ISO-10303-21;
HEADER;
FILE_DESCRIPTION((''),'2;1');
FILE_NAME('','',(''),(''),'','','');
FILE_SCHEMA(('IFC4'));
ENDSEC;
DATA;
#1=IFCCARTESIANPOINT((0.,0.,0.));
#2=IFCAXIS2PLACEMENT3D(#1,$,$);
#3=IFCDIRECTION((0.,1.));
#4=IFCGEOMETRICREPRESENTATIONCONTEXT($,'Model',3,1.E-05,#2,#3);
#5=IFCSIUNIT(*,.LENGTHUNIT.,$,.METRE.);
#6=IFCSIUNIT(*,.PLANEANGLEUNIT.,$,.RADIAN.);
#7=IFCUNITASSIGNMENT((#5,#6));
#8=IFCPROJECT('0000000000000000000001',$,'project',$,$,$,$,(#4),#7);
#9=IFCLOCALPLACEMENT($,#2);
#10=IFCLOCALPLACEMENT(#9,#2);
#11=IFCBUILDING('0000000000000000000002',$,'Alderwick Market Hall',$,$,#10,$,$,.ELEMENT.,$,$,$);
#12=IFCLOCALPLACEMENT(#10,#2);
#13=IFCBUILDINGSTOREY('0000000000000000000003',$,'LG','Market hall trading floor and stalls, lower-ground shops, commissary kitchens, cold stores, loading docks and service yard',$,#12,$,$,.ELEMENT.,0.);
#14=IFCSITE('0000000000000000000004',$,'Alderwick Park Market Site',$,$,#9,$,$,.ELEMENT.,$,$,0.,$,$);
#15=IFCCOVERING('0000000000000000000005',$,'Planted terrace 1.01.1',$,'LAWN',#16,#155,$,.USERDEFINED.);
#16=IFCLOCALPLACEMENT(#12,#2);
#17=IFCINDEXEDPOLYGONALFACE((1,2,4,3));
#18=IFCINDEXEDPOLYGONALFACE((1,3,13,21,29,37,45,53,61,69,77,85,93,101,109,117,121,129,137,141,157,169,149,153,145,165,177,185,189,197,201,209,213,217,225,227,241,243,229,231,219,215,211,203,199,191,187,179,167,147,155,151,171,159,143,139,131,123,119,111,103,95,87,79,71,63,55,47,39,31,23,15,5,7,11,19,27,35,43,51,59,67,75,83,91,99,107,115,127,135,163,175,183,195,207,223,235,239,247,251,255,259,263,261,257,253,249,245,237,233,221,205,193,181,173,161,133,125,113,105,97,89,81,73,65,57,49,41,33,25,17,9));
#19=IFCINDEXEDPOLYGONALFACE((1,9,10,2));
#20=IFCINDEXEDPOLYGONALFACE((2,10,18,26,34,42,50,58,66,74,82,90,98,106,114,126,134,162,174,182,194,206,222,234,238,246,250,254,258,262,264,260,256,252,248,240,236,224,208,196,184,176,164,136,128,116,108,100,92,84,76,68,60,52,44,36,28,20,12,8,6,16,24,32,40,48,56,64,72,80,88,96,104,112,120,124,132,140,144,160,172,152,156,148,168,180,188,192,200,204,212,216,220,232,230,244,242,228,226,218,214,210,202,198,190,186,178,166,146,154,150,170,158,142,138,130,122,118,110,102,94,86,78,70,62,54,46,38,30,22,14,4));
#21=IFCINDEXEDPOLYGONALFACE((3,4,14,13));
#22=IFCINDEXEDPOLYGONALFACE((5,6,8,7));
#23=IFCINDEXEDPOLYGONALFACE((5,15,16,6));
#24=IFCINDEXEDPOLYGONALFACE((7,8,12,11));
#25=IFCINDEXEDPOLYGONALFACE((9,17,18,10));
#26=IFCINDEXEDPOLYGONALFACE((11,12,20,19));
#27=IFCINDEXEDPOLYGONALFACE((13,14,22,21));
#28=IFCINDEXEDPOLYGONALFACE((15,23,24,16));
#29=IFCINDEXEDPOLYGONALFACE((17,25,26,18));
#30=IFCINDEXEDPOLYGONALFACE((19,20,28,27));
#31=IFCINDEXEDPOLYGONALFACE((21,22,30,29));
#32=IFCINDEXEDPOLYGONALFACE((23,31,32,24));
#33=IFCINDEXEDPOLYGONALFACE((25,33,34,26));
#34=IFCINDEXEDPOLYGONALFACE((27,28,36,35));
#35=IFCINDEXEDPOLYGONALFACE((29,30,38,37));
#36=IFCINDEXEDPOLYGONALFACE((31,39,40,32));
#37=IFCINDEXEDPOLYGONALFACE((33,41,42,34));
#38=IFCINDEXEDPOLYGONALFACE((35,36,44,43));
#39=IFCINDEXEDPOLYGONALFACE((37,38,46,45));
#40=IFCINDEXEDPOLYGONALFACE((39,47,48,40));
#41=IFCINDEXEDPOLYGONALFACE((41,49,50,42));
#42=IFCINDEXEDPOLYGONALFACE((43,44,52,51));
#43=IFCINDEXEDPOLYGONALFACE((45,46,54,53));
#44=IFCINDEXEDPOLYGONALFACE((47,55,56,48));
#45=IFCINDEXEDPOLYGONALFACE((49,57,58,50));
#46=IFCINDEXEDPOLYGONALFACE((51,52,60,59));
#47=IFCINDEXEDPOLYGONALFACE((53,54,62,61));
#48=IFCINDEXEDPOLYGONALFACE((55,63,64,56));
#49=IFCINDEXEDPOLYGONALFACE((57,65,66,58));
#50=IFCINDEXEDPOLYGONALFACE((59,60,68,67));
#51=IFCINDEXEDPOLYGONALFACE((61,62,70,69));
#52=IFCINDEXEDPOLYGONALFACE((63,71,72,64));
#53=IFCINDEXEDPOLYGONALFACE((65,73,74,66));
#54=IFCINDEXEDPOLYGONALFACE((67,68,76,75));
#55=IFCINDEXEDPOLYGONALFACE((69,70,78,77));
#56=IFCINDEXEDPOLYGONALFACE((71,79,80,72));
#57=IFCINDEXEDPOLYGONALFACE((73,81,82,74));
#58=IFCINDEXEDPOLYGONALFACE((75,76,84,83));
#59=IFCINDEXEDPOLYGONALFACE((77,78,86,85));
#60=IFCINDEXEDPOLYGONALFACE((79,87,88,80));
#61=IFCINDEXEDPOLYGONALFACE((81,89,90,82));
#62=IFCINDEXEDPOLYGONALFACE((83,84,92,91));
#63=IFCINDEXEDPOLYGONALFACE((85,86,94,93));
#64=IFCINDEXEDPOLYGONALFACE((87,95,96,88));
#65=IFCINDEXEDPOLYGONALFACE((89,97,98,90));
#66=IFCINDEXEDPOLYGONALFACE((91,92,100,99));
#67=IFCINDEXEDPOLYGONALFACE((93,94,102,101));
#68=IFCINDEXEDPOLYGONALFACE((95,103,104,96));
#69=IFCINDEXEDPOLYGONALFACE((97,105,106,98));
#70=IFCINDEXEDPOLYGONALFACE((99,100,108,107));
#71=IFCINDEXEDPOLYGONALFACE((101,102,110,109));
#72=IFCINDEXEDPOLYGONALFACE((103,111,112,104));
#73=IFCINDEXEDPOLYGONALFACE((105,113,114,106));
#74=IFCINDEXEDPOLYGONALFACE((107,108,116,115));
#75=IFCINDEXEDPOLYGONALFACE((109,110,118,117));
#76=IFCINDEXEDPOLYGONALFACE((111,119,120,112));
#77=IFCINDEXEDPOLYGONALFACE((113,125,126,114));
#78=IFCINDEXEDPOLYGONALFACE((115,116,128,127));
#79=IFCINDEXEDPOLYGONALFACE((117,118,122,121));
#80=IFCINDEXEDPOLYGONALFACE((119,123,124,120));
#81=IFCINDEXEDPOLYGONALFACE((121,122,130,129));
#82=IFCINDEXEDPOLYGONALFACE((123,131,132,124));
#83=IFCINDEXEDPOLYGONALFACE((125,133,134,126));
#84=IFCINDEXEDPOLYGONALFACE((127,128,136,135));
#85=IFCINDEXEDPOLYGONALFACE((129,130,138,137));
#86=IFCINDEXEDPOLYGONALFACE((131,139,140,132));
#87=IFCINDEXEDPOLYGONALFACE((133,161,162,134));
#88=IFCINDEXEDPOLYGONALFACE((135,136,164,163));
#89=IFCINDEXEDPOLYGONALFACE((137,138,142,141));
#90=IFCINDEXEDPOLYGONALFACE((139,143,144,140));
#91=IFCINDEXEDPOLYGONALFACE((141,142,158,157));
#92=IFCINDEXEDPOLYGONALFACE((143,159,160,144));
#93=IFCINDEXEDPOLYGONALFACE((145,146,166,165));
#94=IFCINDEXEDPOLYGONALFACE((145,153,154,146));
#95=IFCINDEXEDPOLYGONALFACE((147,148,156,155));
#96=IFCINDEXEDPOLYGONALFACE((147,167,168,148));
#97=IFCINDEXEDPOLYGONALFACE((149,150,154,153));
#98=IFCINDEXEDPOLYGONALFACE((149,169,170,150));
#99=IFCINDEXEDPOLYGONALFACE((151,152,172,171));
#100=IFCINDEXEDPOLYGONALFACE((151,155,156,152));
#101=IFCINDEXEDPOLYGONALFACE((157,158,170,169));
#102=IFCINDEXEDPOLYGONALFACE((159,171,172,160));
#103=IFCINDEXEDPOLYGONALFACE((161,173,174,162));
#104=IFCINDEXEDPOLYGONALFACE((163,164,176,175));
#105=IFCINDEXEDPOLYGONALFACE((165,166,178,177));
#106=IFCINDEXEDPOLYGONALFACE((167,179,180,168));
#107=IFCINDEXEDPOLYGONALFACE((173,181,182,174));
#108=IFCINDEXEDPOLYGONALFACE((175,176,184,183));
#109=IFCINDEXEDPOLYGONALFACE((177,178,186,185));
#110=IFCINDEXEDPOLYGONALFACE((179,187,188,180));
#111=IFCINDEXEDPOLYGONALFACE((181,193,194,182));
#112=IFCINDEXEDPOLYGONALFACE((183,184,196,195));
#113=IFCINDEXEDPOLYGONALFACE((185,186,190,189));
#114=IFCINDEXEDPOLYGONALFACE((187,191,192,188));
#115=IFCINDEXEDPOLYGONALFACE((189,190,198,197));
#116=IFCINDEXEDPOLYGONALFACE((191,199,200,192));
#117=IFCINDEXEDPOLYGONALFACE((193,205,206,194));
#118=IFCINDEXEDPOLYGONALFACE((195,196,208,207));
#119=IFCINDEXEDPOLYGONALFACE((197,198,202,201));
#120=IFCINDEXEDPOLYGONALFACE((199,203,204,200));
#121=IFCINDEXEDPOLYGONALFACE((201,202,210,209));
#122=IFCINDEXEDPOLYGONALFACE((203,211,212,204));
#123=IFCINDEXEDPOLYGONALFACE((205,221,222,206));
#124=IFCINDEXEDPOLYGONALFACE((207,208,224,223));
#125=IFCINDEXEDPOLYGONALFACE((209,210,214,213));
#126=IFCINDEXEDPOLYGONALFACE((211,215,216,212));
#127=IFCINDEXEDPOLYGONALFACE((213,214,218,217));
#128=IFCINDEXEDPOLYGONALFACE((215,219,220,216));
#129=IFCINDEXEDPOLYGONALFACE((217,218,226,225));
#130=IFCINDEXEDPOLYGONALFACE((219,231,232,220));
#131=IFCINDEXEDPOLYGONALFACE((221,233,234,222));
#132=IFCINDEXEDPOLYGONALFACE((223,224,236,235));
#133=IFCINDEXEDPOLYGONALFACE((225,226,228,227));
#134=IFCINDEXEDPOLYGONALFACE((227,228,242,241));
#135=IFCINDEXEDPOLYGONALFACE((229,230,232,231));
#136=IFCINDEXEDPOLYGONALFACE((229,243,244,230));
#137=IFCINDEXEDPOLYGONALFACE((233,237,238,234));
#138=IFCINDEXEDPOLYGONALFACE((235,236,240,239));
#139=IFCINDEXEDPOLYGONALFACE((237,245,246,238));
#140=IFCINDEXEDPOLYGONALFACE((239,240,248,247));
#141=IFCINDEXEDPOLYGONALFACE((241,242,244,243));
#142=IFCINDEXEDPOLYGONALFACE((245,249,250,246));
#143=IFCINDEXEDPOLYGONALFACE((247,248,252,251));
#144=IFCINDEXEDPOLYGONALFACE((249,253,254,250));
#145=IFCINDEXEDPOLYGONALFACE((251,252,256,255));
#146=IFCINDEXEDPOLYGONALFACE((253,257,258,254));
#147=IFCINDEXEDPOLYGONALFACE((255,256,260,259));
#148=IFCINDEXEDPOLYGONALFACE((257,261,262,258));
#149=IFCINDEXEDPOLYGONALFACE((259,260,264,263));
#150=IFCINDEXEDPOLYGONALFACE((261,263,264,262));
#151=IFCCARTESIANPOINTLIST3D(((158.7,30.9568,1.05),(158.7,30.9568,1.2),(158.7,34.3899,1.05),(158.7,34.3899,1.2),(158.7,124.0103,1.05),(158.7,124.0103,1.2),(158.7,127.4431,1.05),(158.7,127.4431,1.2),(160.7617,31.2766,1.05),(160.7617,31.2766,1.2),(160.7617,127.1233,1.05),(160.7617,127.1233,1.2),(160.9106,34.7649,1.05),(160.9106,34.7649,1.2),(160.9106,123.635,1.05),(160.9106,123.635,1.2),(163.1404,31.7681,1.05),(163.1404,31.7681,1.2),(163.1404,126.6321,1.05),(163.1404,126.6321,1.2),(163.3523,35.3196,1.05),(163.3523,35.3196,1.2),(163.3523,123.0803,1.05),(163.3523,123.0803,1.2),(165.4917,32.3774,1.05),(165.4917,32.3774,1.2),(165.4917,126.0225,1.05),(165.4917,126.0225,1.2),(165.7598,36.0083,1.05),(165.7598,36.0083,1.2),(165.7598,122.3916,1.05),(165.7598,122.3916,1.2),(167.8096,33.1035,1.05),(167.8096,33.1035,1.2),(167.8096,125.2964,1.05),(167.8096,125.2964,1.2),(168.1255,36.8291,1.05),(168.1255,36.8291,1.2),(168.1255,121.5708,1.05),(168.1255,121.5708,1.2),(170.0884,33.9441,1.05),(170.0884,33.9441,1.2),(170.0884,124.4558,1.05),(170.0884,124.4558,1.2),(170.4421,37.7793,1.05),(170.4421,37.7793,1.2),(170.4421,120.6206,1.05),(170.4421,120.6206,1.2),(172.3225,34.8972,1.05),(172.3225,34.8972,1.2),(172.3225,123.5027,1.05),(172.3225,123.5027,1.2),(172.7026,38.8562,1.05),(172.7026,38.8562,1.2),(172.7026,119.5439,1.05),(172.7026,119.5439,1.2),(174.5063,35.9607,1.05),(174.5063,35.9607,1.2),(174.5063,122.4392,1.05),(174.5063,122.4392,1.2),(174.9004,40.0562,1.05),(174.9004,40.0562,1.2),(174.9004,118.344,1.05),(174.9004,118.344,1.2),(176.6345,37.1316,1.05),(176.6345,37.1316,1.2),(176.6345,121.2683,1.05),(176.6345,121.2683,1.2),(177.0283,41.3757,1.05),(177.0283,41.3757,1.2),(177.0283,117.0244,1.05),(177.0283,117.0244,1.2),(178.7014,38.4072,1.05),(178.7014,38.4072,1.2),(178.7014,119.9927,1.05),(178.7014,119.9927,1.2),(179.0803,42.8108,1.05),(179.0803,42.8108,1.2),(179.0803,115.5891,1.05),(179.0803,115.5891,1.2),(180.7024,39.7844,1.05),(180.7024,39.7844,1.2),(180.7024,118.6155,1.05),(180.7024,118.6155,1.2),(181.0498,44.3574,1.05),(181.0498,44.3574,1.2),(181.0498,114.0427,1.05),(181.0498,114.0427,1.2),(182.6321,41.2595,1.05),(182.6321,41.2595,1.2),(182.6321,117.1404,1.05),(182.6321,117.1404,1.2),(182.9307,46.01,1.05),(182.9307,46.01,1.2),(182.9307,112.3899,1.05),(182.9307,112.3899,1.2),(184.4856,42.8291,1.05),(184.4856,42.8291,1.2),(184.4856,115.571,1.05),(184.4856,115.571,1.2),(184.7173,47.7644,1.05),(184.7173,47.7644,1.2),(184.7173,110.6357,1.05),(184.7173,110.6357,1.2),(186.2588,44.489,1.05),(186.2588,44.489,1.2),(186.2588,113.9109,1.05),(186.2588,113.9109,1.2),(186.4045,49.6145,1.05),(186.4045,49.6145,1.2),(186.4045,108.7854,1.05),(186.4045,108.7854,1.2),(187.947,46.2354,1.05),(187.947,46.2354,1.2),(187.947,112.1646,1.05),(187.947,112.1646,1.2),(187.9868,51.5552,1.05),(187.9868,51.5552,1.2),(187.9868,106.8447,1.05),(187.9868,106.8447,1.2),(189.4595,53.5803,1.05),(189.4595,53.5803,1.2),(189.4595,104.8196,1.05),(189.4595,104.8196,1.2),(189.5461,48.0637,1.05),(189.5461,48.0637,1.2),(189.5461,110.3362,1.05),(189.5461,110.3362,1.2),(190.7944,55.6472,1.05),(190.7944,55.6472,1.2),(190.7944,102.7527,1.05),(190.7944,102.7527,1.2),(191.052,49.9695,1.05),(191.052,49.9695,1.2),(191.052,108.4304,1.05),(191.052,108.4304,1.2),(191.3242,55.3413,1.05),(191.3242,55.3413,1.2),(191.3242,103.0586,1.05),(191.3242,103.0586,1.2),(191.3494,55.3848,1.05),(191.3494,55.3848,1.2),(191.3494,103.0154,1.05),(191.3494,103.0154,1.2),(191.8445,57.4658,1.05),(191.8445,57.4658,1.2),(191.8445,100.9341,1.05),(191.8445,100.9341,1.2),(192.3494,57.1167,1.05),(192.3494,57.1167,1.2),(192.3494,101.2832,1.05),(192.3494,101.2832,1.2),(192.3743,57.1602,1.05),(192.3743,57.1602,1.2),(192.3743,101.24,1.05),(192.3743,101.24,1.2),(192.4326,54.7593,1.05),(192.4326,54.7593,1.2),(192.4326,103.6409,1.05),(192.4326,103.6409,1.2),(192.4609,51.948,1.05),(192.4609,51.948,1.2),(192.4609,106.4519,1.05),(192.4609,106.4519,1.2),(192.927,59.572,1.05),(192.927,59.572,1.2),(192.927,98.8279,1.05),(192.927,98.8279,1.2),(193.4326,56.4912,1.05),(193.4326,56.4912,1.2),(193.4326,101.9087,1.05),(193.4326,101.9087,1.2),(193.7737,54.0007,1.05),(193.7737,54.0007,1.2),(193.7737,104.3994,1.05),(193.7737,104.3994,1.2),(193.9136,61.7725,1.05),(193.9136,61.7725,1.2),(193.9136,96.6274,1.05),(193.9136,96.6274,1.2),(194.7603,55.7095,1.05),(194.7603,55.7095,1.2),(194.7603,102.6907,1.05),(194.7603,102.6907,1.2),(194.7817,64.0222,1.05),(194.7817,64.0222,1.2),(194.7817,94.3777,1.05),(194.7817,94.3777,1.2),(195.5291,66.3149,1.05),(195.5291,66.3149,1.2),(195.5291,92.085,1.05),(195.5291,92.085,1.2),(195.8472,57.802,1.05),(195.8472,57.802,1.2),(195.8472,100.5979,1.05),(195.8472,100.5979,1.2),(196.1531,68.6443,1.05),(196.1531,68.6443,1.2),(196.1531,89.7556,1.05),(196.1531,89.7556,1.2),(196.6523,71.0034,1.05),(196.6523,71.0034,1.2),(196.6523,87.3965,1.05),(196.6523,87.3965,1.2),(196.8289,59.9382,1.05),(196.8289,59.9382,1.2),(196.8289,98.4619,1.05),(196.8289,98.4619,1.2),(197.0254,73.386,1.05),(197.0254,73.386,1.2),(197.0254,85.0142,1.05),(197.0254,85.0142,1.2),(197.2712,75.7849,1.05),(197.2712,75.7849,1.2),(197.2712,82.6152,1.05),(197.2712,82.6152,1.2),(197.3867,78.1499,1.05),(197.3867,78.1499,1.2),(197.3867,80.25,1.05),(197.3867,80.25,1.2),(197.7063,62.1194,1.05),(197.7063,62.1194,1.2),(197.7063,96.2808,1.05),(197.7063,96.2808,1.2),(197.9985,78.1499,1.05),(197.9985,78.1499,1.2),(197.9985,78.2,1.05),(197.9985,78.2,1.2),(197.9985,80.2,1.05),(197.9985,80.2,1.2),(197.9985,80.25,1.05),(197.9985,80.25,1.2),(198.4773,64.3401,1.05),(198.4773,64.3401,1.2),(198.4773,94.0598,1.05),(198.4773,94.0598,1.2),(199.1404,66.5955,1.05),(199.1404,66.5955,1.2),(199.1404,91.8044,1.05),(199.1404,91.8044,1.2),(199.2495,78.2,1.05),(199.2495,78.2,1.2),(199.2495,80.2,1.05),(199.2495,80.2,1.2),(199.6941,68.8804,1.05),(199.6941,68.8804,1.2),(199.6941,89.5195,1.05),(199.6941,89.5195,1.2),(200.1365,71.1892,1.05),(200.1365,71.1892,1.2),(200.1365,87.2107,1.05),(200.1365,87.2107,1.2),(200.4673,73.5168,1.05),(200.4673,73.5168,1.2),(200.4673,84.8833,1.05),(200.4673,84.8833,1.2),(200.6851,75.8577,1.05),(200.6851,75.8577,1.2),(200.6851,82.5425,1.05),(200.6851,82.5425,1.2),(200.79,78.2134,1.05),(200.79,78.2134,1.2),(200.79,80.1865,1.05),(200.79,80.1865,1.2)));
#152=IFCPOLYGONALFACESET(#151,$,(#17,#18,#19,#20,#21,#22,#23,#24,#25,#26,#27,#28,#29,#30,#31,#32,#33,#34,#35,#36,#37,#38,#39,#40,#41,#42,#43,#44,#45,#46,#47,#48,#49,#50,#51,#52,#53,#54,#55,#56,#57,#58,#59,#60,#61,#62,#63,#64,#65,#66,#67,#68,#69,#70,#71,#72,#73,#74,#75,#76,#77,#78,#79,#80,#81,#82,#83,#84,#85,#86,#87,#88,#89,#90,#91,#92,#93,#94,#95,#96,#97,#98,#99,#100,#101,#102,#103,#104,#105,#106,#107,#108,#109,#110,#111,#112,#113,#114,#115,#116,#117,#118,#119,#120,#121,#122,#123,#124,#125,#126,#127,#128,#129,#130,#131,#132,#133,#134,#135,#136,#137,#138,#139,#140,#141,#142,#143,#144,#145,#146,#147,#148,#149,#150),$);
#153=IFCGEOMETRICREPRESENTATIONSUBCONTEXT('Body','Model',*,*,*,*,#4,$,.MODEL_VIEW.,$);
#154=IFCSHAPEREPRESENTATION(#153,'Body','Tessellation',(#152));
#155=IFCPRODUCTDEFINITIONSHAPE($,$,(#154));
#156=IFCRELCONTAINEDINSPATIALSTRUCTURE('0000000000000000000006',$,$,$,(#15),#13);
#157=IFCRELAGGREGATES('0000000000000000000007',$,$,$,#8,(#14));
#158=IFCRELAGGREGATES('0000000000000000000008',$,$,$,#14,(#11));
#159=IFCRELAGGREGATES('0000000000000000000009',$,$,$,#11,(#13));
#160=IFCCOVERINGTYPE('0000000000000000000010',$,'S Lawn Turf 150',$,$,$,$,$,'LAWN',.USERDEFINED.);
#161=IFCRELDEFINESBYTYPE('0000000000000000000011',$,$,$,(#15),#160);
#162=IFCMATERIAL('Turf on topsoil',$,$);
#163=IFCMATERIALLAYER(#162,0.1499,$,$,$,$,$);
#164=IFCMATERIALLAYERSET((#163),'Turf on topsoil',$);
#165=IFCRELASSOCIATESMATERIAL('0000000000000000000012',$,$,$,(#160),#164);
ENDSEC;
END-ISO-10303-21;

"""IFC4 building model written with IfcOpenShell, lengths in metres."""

from ifc_helpers import new_model, si_unit, direction, frame, origin, place, context, subcontext, project, spatial, polyline, outline, extrude, material, layer, layer_set, type_object, element, save


model = new_model("IFC4")

# Units and contexts
model_context = context("Model", 3, precision=1e-05, world=origin(), true_north=direction((0.0, 1.0)))
body_context = subcontext(model_context, "Body", "Model", "MODEL_VIEW")
ifc_project = project(units=[si_unit("LENGTHUNIT", "METRE"), si_unit("PLANEANGLEUNIT", "RADIAN")], contexts=[model_context])

# Site, building, storey
site_placement = place(None, origin())
site = spatial("IfcSite", under=ifc_project, at=site_placement, Name="Alderwick Park Market Site", CompositionType="ELEMENT", RefElevation=0.0)
building_placement = place(site_placement, origin())
building = spatial("IfcBuilding", under=site, at=building_placement, Name="Alderwick Market Hall", CompositionType="ELEMENT")
storey_placement = place(building_placement, origin())
storey = spatial("IfcBuildingStorey", under=building, at=storey_placement, Name="LG", Description="Market hall trading floor and stalls, lower-ground shops, commissary kitchens, cold stores, loading docks and service yard", CompositionType="ELEMENT", Elevation=0.0)

# Covering
ifc_material_1 = material(Name="Turf on topsoil")
ifc_layer_1 = layer(ifc_material_1, 0.1499)
ifc_layer_set_1 = layer_set([ifc_layer_1], Name="Turf on topsoil")
covering_type = type_object("IfcCoveringType", Name="S Lawn Turf 150", ElementType="LAWN", PredefinedType="USERDEFINED", material=ifc_layer_set_1)
covering_placement = place(storey_placement, frame((0.0, 0.0, 1.05)))
element("IfcCovering", 1, at=covering_placement, inside=storey, type_object=covering_type, Name="Planted terrace 1.01.1", ObjectType="LAWN", PredefinedType="USERDEFINED", context=body_context, shape_type="SweptSolid", body=[
    extrude(outline(polyline([(163.3523, 35.3196), (160.9106, 34.7649), (158.7, 34.3899), (158.7, 30.9568), (160.7617, 31.2766), (163.1404, 31.7681), (165.4917, 32.3774), (167.8096, 33.1035), (170.0884, 33.9441), (172.3225, 34.8972), (174.5063, 35.9607), (176.6345, 37.1316), (178.7014, 38.4072), (180.7024, 39.7844), (182.6321, 41.2595), (184.4856, 42.8291), (186.2588, 44.489), (187.947, 46.2354), (189.5461, 48.0637), (191.052, 49.9695), (192.4609, 51.948), (193.7737, 54.0007), (194.7603, 55.7095), (195.8472, 57.802), (196.8289, 59.9382), (197.7063, 62.1194), (198.4773, 64.3401), (199.1404, 66.5955), (199.6941, 68.8804), (200.1365, 71.1892), (200.4673, 73.5168), (200.6851, 75.8577), (200.79, 78.2134), (200.79, 80.1865), (200.6851, 82.5425), (200.4673, 84.8833), (200.1365, 87.2107), (199.6941, 89.5195), (199.1404, 91.8044), (198.4773, 94.0598), (197.7063, 96.2808), (196.8289, 98.4619), (195.8472, 100.5979), (194.7603, 102.6907), (193.7737, 104.3994), (192.4609, 106.4519), (191.052, 108.4304), (189.5461, 110.3362), (187.947, 112.1646), (186.2588, 113.9109), (184.4856, 115.571), (182.6321, 117.1404), (180.7024, 118.6155), (178.7014, 119.9927), (176.6345, 121.2683), (174.5063, 122.4392), (172.3225, 123.5027), (170.0884, 124.4558), (167.8096, 125.2964), (165.4917, 126.0225), (163.1404, 126.6321), (160.7617, 127.1233), (158.7, 127.4431), (158.7, 124.0103), (160.9106, 123.635), (163.3523, 123.0803), (165.7598, 122.3916), (168.1255, 121.5708), (170.4421, 120.6206), (172.7026, 119.5439), (174.9004, 118.344), (177.0283, 117.0244), (179.0803, 115.5891), (181.0498, 114.0427), (182.9307, 112.3899), (184.7173, 110.6357), (186.4045, 108.7854), (187.9868, 106.8447), (189.4595, 104.8196), (190.7944, 102.7527), (191.3242, 103.0586), (191.3494, 103.0154), (192.4326, 103.6409), (193.4326, 101.9087), (192.3494, 101.2832), (192.3743, 101.24), (191.8445, 100.9341), (192.927, 98.8279), (193.9136, 96.6274), (194.7817, 94.3777), (195.5291, 92.085), (196.1531, 89.7556), (196.6523, 87.3965), (197.0254, 85.0142), (197.2712, 82.6152), (197.3867, 80.25), (197.9985, 80.25), (197.9985, 80.2), (199.2495, 80.2), (199.2495, 78.2), (197.9985, 78.2), (197.9985, 78.1499), (197.3867, 78.1499), (197.2712, 75.7849), (197.0254, 73.386), (196.6523, 71.0034), (196.1531, 68.6443), (195.5291, 66.3149), (194.7817, 64.0222), (193.9136, 61.7725), (192.927, 59.572), (191.8445, 57.4658), (192.3743, 57.1602), (192.3494, 57.1167), (193.4326, 56.4912), (192.4326, 54.7593), (191.3494, 55.3848), (191.3242, 55.3413), (190.7944, 55.6472), (189.4595, 53.5803), (187.9868, 51.5552), (186.4045, 49.6145), (184.7173, 47.7644), (182.9307, 46.01), (181.0498, 44.3574), (179.0803, 42.8108), (177.0283, 41.3757), (174.9004, 40.0562), (172.7026, 38.8562), (170.4421, 37.7793), (168.1255, 36.8291), (165.7598, 36.0083), (163.3523, 35.3196)])), origin(), (0.0, 0.0, 1.0), 0.1499),
])

save(model, "model.ifc")
